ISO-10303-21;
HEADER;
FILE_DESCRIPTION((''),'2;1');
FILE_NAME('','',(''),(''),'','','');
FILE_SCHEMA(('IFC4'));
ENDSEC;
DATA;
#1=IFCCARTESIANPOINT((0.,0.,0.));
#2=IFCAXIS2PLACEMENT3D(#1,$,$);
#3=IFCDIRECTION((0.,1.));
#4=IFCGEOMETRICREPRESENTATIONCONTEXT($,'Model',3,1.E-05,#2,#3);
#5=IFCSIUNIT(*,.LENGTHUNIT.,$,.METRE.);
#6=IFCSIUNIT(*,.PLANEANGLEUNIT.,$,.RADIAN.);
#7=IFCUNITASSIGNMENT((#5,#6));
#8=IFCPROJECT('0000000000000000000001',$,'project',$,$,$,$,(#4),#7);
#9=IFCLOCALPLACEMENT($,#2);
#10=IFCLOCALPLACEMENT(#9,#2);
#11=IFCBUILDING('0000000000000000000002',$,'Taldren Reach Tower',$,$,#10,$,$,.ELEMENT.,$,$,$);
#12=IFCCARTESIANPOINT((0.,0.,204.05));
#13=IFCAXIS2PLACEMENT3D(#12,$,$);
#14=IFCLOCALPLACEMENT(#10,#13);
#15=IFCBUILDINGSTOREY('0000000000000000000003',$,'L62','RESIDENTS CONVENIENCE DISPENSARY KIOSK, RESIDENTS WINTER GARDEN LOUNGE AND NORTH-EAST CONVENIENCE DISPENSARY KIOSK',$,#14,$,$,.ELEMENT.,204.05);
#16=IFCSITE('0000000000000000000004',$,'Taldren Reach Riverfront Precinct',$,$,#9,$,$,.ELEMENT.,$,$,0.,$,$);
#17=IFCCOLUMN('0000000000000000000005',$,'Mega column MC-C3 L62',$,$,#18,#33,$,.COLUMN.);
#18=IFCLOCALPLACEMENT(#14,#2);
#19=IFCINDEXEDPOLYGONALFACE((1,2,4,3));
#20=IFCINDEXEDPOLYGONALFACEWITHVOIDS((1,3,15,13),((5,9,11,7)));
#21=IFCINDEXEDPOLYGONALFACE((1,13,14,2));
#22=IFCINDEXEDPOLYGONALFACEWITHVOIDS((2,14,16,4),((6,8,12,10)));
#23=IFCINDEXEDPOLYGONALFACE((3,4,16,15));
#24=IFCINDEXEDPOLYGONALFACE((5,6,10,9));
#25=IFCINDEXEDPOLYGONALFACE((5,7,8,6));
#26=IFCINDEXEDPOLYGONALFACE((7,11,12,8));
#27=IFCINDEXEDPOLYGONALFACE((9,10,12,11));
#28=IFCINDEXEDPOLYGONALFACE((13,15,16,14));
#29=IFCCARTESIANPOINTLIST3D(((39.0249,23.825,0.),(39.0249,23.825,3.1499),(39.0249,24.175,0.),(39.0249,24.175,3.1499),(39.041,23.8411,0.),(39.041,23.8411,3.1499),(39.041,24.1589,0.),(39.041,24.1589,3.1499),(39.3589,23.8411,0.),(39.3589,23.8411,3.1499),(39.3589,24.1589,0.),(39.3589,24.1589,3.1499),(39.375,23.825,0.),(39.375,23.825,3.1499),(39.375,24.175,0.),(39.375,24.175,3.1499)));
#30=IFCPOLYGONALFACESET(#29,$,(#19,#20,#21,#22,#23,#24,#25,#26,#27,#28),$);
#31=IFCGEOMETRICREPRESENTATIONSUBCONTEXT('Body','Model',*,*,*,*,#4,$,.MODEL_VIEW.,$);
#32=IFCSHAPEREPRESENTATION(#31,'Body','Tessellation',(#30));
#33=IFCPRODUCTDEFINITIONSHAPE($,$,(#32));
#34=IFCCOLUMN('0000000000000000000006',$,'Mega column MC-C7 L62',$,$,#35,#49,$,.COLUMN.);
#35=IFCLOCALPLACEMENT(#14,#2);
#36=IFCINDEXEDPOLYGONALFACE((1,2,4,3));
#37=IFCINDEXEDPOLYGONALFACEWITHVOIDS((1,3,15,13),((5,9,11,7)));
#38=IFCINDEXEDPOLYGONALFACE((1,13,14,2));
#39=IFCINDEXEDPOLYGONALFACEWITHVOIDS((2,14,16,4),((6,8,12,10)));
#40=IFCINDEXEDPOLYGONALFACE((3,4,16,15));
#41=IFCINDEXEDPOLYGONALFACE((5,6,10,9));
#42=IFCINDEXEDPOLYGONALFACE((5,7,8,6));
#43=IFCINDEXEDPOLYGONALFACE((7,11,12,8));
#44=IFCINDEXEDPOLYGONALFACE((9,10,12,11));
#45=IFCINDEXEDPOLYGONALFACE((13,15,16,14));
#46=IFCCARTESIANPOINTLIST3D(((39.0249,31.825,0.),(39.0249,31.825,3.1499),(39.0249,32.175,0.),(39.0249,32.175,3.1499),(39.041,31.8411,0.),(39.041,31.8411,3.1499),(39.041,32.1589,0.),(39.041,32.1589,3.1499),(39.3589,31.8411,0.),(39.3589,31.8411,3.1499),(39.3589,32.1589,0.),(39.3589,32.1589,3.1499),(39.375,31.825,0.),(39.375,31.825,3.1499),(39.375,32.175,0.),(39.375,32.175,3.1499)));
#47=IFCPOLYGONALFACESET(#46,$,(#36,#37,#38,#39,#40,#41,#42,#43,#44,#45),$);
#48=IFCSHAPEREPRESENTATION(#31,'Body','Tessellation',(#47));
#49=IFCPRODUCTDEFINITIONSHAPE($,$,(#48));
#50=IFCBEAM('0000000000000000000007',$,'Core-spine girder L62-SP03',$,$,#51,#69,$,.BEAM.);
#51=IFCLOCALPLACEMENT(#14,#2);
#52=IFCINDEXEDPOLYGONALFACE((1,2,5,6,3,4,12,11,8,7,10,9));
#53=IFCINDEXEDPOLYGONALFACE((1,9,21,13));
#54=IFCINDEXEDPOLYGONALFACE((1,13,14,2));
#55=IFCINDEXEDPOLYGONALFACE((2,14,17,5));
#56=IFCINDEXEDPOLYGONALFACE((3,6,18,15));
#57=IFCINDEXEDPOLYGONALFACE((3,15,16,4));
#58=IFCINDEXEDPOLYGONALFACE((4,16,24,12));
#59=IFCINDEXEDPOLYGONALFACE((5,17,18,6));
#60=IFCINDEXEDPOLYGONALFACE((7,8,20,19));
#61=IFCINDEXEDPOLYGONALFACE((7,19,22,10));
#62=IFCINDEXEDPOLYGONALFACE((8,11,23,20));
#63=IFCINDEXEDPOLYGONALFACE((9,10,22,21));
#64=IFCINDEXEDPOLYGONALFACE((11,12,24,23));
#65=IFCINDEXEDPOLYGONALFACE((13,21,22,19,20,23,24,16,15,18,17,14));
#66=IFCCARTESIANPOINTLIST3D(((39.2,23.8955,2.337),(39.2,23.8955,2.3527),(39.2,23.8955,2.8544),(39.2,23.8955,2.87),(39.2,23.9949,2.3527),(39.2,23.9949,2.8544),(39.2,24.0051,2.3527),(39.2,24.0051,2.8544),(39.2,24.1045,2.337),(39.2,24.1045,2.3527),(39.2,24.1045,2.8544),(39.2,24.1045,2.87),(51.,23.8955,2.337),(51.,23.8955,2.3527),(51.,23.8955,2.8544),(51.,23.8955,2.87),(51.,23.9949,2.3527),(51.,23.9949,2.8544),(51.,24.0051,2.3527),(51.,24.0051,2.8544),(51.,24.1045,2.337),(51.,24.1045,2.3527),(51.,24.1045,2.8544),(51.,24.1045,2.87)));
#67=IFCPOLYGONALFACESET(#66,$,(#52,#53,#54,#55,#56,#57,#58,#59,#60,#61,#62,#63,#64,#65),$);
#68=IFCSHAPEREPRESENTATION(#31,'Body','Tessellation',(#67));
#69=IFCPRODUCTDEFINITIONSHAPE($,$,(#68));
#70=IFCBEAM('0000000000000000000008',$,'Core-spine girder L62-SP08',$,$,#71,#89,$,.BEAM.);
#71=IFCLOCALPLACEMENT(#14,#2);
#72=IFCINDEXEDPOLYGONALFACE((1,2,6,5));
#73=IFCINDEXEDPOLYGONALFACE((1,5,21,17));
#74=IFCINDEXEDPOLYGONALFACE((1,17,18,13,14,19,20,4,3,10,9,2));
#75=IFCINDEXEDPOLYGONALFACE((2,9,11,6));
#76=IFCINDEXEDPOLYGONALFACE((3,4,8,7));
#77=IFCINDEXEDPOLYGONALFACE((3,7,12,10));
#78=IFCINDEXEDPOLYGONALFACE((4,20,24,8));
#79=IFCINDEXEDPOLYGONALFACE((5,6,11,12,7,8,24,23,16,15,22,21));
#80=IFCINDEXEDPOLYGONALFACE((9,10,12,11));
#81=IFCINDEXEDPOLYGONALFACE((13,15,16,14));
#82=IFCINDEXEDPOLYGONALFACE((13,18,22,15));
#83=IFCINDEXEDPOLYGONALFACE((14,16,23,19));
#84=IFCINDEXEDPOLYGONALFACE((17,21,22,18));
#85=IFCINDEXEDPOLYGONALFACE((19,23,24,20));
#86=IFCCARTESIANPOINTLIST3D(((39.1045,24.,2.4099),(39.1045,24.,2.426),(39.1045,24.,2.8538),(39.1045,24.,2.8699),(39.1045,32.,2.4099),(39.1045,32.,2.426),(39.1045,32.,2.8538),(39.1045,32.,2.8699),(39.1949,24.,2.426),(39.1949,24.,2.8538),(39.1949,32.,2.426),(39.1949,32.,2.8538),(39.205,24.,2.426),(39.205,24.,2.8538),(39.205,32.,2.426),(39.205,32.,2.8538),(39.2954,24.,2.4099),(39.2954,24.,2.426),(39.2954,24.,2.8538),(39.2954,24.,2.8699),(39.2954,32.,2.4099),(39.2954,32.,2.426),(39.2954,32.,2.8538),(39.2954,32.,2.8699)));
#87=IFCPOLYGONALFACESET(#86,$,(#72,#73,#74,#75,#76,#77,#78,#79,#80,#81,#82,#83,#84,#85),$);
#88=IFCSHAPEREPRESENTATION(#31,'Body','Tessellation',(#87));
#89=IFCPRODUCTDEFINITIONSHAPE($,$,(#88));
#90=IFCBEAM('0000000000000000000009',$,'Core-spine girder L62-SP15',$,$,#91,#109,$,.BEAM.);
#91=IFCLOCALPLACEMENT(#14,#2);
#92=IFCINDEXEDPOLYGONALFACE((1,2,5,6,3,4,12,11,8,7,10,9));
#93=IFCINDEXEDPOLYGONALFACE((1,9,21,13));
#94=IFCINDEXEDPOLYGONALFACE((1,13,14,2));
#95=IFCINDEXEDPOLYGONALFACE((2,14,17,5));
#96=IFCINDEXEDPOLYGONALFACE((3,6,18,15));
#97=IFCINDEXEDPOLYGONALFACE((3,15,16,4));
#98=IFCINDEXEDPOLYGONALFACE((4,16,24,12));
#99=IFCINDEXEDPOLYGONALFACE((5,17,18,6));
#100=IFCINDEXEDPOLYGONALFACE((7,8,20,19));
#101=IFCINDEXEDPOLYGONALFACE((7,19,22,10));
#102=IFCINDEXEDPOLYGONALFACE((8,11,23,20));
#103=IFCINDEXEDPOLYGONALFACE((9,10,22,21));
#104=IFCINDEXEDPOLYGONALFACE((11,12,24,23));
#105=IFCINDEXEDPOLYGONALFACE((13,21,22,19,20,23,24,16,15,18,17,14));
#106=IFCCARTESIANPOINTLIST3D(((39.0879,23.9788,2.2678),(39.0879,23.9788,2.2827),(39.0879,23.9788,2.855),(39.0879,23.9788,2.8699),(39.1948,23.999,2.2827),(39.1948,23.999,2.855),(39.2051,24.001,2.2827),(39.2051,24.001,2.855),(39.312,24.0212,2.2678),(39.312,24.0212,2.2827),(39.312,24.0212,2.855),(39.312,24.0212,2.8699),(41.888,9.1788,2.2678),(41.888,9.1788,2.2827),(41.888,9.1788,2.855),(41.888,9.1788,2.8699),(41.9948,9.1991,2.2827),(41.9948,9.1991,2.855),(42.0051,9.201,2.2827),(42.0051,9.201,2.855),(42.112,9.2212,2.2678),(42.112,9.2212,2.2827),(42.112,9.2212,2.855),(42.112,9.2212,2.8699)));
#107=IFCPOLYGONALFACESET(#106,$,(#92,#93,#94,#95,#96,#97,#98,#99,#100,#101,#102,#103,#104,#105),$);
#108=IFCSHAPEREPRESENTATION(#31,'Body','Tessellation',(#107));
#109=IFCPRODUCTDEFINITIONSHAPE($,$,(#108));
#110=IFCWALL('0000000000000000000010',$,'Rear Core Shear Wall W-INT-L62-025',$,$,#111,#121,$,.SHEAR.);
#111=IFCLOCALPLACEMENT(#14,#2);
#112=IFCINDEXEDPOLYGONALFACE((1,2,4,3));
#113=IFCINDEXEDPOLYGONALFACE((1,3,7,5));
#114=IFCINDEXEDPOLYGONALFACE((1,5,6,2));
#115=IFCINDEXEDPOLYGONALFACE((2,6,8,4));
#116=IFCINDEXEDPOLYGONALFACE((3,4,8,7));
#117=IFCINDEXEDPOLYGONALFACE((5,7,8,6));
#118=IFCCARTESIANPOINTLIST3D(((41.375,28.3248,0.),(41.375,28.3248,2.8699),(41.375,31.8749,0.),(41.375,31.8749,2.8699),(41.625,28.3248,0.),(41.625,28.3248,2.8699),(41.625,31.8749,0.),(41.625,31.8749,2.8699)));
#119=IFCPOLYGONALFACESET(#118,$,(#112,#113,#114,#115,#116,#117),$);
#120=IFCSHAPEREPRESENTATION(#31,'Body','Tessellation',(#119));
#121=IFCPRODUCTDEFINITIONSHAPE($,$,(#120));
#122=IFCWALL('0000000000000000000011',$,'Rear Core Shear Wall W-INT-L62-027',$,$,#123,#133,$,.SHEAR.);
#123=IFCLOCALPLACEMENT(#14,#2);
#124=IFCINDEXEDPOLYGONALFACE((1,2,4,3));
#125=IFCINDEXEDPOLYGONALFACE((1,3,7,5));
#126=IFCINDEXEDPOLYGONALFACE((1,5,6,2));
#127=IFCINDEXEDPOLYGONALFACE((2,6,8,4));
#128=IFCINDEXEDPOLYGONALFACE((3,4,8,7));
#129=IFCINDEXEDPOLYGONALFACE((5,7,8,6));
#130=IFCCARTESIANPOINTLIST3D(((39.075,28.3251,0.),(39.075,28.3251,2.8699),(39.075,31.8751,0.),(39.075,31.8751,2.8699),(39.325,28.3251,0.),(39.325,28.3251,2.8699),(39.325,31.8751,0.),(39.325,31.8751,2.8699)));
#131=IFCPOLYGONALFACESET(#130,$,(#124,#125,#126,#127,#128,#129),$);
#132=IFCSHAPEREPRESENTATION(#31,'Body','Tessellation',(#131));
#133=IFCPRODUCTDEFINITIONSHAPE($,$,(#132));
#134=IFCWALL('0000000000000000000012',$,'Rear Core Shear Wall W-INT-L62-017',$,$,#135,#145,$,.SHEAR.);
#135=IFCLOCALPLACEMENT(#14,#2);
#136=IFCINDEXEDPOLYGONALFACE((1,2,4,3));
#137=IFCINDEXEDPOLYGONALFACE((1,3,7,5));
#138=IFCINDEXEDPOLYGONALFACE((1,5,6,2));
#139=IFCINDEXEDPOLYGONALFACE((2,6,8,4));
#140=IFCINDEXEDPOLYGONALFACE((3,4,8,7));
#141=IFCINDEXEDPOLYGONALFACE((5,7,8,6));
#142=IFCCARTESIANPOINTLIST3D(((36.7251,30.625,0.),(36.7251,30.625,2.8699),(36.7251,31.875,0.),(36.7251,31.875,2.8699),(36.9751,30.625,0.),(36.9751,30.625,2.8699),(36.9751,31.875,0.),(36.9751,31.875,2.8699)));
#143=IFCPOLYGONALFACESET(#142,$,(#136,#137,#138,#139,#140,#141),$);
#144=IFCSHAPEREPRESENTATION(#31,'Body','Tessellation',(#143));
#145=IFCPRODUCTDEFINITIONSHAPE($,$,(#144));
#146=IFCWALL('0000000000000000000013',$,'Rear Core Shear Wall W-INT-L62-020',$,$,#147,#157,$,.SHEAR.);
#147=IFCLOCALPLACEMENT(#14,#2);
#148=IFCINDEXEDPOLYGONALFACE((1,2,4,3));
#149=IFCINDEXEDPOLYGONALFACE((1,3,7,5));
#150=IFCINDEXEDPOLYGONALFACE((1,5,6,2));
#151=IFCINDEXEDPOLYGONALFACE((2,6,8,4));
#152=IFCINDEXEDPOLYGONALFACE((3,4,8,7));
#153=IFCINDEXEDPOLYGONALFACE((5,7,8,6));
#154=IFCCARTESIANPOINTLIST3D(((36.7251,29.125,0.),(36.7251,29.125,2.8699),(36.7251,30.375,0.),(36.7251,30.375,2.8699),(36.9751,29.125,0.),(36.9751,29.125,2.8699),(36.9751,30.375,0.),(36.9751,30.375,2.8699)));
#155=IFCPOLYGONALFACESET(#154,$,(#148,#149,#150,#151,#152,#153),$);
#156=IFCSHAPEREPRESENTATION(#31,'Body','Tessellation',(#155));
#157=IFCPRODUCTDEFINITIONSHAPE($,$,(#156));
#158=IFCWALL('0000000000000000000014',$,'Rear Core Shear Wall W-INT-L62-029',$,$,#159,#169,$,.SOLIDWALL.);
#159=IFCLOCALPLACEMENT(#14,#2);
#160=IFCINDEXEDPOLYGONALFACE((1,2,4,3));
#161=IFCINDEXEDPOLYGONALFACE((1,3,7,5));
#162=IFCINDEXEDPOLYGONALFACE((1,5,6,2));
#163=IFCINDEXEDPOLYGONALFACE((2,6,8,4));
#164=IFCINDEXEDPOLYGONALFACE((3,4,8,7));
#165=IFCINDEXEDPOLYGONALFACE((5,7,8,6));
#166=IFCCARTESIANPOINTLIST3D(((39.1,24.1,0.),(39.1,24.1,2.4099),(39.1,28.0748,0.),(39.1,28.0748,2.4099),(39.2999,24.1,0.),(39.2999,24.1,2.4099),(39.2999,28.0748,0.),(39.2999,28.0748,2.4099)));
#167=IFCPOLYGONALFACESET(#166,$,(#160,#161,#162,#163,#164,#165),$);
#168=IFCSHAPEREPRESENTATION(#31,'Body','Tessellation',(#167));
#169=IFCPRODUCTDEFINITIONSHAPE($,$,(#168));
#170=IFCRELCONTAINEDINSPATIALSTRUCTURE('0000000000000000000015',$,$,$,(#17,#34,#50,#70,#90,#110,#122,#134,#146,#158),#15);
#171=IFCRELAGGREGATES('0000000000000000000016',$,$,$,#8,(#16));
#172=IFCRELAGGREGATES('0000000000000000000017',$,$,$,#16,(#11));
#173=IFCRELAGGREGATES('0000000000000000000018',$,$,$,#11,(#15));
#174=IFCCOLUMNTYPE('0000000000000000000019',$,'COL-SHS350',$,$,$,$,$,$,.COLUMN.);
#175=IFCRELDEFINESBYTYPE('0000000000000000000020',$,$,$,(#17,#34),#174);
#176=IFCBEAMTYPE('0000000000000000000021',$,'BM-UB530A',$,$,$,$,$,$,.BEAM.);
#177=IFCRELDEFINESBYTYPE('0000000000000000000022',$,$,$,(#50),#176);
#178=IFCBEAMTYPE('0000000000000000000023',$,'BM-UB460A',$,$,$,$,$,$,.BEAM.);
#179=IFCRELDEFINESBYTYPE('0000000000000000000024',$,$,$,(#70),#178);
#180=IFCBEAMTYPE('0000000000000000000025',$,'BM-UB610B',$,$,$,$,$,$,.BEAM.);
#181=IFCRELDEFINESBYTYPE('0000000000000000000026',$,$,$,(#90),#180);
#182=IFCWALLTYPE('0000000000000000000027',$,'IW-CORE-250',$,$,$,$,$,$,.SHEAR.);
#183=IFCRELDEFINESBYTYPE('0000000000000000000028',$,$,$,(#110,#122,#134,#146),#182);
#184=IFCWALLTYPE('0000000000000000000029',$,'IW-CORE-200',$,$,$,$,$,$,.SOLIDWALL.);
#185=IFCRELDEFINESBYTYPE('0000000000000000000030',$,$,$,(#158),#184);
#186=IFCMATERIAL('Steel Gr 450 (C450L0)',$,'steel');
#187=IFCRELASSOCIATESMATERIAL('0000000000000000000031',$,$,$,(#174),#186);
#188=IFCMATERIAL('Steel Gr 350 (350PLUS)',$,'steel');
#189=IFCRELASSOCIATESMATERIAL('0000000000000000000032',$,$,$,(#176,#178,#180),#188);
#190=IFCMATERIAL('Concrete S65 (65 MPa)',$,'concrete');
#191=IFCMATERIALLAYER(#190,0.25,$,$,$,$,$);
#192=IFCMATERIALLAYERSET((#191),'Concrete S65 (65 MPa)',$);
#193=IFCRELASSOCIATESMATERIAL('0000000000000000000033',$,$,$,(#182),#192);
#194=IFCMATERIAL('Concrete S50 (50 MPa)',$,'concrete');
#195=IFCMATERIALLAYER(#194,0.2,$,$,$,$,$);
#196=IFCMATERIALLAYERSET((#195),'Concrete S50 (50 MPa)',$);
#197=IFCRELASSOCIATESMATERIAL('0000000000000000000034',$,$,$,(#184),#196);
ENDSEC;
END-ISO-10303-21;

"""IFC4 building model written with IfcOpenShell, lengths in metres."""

from ifc_helpers import new_model, si_unit, direction, frame, frame_2d, origin, origin_2d, place, context, subcontext, project, spatial, rectangle, hollow_rectangle, i_section, extrude, source, transform, mapped, material, layer, layer_set, material_profile, profile_set, type_object, element, save


model = new_model("IFC4")

# Units and contexts
model_context = context("Model", 3, precision=1e-05, world=origin(), true_north=direction((0.0, 1.0)))
body_context = subcontext(model_context, "Body", "Model", "MODEL_VIEW")
ifc_project = project(units=[si_unit("LENGTHUNIT", "METRE"), si_unit("PLANEANGLEUNIT", "RADIAN")], contexts=[model_context])

# Site, building, storey
site_placement = place(None, origin())
site = spatial("IfcSite", under=ifc_project, at=site_placement, Name="Taldren Reach Riverfront Precinct", CompositionType="ELEMENT", RefElevation=0.0)
building_placement = place(site_placement, origin())
building = spatial("IfcBuilding", under=site, at=building_placement, Name="Taldren Reach Tower", CompositionType="ELEMENT")
storey_placement = place(building_placement, frame((0.0, 0.0, 204.05)))
storey = spatial("IfcBuildingStorey", under=building, at=storey_placement, Name="L62", Description="RESIDENTS CONVENIENCE DISPENSARY KIOSK, RESIDENTS WINTER GARDEN LOUNGE AND NORTH-EAST CONVENIENCE DISPENSARY KIOSK", CompositionType="ELEMENT", Elevation=204.05)

# Columns
ifc_material_1 = material(Name="Steel Gr 450 (C450L0)", Category="steel")
ifc_material_profile_1 = material_profile(ifc_material_1, hollow_rectangle(XDim=0.3501, YDim=0.3501, WallThickness=0.0161, at=origin_2d()), Name="350x350x16.0SHS")
ifc_profile_set_1 = profile_set([ifc_material_profile_1], Name="Steel Gr 450 (C450L0)")
column_type = type_object("IfcColumnType", Name="COL-SHS350", PredefinedType="COLUMN", material=ifc_profile_set_1)
shared_shape_1 = source(origin(), body_context, "Body", "SweptSolid", [
    extrude(hollow_rectangle(XDim=0.3501, YDim=0.3501, WallThickness=0.0161, at=origin_2d()), origin(), (0.0, 0.0, 1.0), 3.1499),
])
for number, where, z_axis, x_axis, name in (
    (1, (39.2, 24.0, 0.0), (0.0, 0.0, 1.0), (1.0, 0.0, 0.0), "Mega column MC-C3 L62"),
    (2, (39.2, 32.0, 0.0), (0.0, 0.0, 1.0), (1.0, 0.0, 0.0), "Mega column MC-C7 L62"),
):
    element("IfcColumn", number, at=place(storey_placement, frame(where, z_axis=z_axis, x_axis=x_axis)), inside=storey, type_object=column_type, Name=name, PredefinedType="COLUMN", context=body_context, shape_type="MappedRepresentation", body=[
        mapped(shared_shape_1, transform((0.0, 0.0, 0.0), scale=1.0)),
    ])

# Beams
ifc_material_2 = material(Name="Steel Gr 350 (350PLUS)", Category="steel")
ifc_material_profile_2 = material_profile(ifc_material_2, i_section(OverallWidth=0.209, OverallDepth=0.533, WebThickness=0.0103, FlangeThickness=0.0156, at=origin_2d()), Name="530UB92.4")
ifc_profile_set_2 = profile_set([ifc_material_profile_2], Name="Steel Gr 350 (350PLUS)")
beam_type_1 = type_object("IfcBeamType", Name="BM-UB530A", PredefinedType="BEAM", material=ifc_profile_set_2)
shared_shape_2 = source(origin(), body_context, "Body", "SweptSolid", [
    extrude(i_section(OverallWidth=0.209, OverallDepth=0.533, WebThickness=0.0103, FlangeThickness=0.0156, at=origin_2d()), origin(), (0.0, 0.0, 1.0), 11.8),
])
beam_1_placement = place(storey_placement, frame((39.2, 24.0, 2.6035), z_axis=(1.0, 0.0, 0.0), x_axis=(0.0, 1.0, 0.0)))
element("IfcBeam", 3, at=beam_1_placement, inside=storey, type_object=beam_type_1, Name="Core-spine girder L62-SP03", PredefinedType="BEAM", context=body_context, shape_type="MappedRepresentation", body=[
    mapped(shared_shape_2, transform((0.0, 0.0, 0.0), scale=1.0)),
])
ifc_material_profile_3 = material_profile(ifc_material_2, i_section(OverallWidth=0.1909, OverallDepth=0.46, WebThickness=0.01, FlangeThickness=0.0161, at=origin_2d()), Name="460UB82.1")
ifc_profile_set_3 = profile_set([ifc_material_profile_3], Name="Steel Gr 350 (350PLUS)")
beam_type_2 = type_object("IfcBeamType", Name="BM-UB460A", PredefinedType="BEAM", material=ifc_profile_set_3)
shared_shape_3 = source(origin(), body_context, "Body", "SweptSolid", [
    extrude(i_section(OverallWidth=0.1909, OverallDepth=0.46, WebThickness=0.01, FlangeThickness=0.0161, at=origin_2d()), origin(), (0.0, 0.0, 1.0), 8.0),
])
beam_2_placement = place(storey_placement, frame((39.2, 24.0, 2.6399), z_axis=(0.0, 1.0, 0.0), x_axis=(-1.0, 0.0, 0.0)))
element("IfcBeam", 4, at=beam_2_placement, inside=storey, type_object=beam_type_2, Name="Core-spine girder L62-SP08", PredefinedType="BEAM", context=body_context, shape_type="MappedRepresentation", body=[
    mapped(shared_shape_3, transform((0.0, 0.0, 0.0), scale=1.0)),
])
ifc_material_profile_4 = material_profile(ifc_material_2, i_section(OverallWidth=0.228, OverallDepth=0.6021, WebThickness=0.0105, FlangeThickness=0.0149, at=origin_2d()), Name="610UB101")
ifc_profile_set_4 = profile_set([ifc_material_profile_4], Name="Steel Gr 350 (350PLUS)")
beam_type_3 = type_object("IfcBeamType", Name="BM-UB610B", PredefinedType="BEAM", material=ifc_profile_set_4)
shared_shape_4 = source(origin(), body_context, "Body", "SweptSolid", [
    extrude(i_section(OverallWidth=0.228, OverallDepth=0.6021, WebThickness=0.0105, FlangeThickness=0.0149, at=origin_2d()), origin(), (0.0, 0.0, 1.0), 15.0625),
])
beam_3_placement = place(storey_placement, frame((39.2, 24.0, 2.5688), z_axis=(0.185894, -0.98257, 0.0), x_axis=(0.98257, 0.185894, 0.0)))
element("IfcBeam", 5, at=beam_3_placement, inside=storey, type_object=beam_type_3, Name="Core-spine girder L62-SP15", PredefinedType="BEAM", context=body_context, shape_type="MappedRepresentation", body=[
    mapped(shared_shape_4, transform((0.0, 0.0, 0.0), scale=1.0)),
])

# Walls
ifc_material_3 = material(Name="Concrete S65 (65 MPa)", Category="concrete")
ifc_layer_1 = layer(ifc_material_3, 0.25)
ifc_layer_set_1 = layer_set([ifc_layer_1], Name="Concrete S65 (65 MPa)")
wall_type_1 = type_object("IfcWallType", Name="IW-CORE-250", PredefinedType="SHEAR", material=ifc_layer_set_1)
shared_shape_5 = source(origin(), body_context, "Body", "SweptSolid", [
    extrude(rectangle(XDim=3.55, YDim=0.25, at=frame_2d((1.7749, 0.0))), origin(), (0.0, 0.0, 1.0), 2.8699),
])
for number, where, z_axis, x_axis, name in (
    (6, (41.5, 28.325, 0.0), (0.0, 0.0, 1.0), (0.0, 1.0, 0.0), "Rear Core Shear Wall W-INT-L62-025"),
    (7, (39.2, 31.875, 0.0), (0.0, 0.0, 1.0), (0.0, -1.0, 0.0), "Rear Core Shear Wall W-INT-L62-027"),
):
    element("IfcWall", number, at=place(storey_placement, frame(where, z_axis=z_axis, x_axis=x_axis)), inside=storey, type_object=wall_type_1, Name=name, PredefinedType="SHEAR", context=body_context, shape_type="MappedRepresentation", body=[
        mapped(shared_shape_5, transform((0.0, 0.0, 0.0), scale=1.0)),
    ])
shared_shape_6 = source(origin(), body_context, "Body", "SweptSolid", [
    extrude(rectangle(XDim=1.25, YDim=0.25, at=frame_2d((0.625, 0.0))), origin(), (0.0, 0.0, 1.0), 2.8699),
])
for number, where, z_axis, x_axis, name in (
    (8, (36.8501, 30.625, 0.0), (0.0, 0.0, 1.0), (0.0, 1.0, 0.0), "Rear Core Shear Wall W-INT-L62-017"),
    (9, (36.8501, 29.125, 0.0), (0.0, 0.0, 1.0), (0.0, 1.0, 0.0), "Rear Core Shear Wall W-INT-L62-020"),
):
    element("IfcWall", number, at=place(storey_placement, frame(where, z_axis=z_axis, x_axis=x_axis)), inside=storey, type_object=wall_type_1, Name=name, PredefinedType="SHEAR", context=body_context, shape_type="MappedRepresentation", body=[
        mapped(shared_shape_6, transform((0.0, 0.0, 0.0), scale=1.0)),
    ])

# Wall
ifc_material_4 = material(Name="Concrete S50 (50 MPa)", Category="concrete")
ifc_layer_2 = layer(ifc_material_4, 0.2)
ifc_layer_set_2 = layer_set([ifc_layer_2], Name="Concrete S50 (50 MPa)")
wall_type_2 = type_object("IfcWallType", Name="IW-CORE-200", PredefinedType="SOLIDWALL", material=ifc_layer_set_2)
shared_shape_7 = source(origin(), body_context, "Body", "SweptSolid", [
    extrude(rectangle(XDim=3.9749, YDim=0.2, at=frame_2d((1.9873, 0.0))), origin(), (0.0, 0.0, 1.0), 2.4099),
])
wall_1_placement = place(storey_placement, frame((39.2, 24.1001, 0.0), z_axis=(0.0, 0.0, 1.0), x_axis=(0.0, 1.0, 0.0)))
element("IfcWall", 10, at=wall_1_placement, inside=storey, type_object=wall_type_2, Name="Rear Core Shear Wall W-INT-L62-029", PredefinedType="SOLIDWALL", context=body_context, shape_type="MappedRepresentation", body=[
    mapped(shared_shape_7, transform((0.0, 0.0, 0.0), scale=1.0)),
])

save(model, "model.ifc")
